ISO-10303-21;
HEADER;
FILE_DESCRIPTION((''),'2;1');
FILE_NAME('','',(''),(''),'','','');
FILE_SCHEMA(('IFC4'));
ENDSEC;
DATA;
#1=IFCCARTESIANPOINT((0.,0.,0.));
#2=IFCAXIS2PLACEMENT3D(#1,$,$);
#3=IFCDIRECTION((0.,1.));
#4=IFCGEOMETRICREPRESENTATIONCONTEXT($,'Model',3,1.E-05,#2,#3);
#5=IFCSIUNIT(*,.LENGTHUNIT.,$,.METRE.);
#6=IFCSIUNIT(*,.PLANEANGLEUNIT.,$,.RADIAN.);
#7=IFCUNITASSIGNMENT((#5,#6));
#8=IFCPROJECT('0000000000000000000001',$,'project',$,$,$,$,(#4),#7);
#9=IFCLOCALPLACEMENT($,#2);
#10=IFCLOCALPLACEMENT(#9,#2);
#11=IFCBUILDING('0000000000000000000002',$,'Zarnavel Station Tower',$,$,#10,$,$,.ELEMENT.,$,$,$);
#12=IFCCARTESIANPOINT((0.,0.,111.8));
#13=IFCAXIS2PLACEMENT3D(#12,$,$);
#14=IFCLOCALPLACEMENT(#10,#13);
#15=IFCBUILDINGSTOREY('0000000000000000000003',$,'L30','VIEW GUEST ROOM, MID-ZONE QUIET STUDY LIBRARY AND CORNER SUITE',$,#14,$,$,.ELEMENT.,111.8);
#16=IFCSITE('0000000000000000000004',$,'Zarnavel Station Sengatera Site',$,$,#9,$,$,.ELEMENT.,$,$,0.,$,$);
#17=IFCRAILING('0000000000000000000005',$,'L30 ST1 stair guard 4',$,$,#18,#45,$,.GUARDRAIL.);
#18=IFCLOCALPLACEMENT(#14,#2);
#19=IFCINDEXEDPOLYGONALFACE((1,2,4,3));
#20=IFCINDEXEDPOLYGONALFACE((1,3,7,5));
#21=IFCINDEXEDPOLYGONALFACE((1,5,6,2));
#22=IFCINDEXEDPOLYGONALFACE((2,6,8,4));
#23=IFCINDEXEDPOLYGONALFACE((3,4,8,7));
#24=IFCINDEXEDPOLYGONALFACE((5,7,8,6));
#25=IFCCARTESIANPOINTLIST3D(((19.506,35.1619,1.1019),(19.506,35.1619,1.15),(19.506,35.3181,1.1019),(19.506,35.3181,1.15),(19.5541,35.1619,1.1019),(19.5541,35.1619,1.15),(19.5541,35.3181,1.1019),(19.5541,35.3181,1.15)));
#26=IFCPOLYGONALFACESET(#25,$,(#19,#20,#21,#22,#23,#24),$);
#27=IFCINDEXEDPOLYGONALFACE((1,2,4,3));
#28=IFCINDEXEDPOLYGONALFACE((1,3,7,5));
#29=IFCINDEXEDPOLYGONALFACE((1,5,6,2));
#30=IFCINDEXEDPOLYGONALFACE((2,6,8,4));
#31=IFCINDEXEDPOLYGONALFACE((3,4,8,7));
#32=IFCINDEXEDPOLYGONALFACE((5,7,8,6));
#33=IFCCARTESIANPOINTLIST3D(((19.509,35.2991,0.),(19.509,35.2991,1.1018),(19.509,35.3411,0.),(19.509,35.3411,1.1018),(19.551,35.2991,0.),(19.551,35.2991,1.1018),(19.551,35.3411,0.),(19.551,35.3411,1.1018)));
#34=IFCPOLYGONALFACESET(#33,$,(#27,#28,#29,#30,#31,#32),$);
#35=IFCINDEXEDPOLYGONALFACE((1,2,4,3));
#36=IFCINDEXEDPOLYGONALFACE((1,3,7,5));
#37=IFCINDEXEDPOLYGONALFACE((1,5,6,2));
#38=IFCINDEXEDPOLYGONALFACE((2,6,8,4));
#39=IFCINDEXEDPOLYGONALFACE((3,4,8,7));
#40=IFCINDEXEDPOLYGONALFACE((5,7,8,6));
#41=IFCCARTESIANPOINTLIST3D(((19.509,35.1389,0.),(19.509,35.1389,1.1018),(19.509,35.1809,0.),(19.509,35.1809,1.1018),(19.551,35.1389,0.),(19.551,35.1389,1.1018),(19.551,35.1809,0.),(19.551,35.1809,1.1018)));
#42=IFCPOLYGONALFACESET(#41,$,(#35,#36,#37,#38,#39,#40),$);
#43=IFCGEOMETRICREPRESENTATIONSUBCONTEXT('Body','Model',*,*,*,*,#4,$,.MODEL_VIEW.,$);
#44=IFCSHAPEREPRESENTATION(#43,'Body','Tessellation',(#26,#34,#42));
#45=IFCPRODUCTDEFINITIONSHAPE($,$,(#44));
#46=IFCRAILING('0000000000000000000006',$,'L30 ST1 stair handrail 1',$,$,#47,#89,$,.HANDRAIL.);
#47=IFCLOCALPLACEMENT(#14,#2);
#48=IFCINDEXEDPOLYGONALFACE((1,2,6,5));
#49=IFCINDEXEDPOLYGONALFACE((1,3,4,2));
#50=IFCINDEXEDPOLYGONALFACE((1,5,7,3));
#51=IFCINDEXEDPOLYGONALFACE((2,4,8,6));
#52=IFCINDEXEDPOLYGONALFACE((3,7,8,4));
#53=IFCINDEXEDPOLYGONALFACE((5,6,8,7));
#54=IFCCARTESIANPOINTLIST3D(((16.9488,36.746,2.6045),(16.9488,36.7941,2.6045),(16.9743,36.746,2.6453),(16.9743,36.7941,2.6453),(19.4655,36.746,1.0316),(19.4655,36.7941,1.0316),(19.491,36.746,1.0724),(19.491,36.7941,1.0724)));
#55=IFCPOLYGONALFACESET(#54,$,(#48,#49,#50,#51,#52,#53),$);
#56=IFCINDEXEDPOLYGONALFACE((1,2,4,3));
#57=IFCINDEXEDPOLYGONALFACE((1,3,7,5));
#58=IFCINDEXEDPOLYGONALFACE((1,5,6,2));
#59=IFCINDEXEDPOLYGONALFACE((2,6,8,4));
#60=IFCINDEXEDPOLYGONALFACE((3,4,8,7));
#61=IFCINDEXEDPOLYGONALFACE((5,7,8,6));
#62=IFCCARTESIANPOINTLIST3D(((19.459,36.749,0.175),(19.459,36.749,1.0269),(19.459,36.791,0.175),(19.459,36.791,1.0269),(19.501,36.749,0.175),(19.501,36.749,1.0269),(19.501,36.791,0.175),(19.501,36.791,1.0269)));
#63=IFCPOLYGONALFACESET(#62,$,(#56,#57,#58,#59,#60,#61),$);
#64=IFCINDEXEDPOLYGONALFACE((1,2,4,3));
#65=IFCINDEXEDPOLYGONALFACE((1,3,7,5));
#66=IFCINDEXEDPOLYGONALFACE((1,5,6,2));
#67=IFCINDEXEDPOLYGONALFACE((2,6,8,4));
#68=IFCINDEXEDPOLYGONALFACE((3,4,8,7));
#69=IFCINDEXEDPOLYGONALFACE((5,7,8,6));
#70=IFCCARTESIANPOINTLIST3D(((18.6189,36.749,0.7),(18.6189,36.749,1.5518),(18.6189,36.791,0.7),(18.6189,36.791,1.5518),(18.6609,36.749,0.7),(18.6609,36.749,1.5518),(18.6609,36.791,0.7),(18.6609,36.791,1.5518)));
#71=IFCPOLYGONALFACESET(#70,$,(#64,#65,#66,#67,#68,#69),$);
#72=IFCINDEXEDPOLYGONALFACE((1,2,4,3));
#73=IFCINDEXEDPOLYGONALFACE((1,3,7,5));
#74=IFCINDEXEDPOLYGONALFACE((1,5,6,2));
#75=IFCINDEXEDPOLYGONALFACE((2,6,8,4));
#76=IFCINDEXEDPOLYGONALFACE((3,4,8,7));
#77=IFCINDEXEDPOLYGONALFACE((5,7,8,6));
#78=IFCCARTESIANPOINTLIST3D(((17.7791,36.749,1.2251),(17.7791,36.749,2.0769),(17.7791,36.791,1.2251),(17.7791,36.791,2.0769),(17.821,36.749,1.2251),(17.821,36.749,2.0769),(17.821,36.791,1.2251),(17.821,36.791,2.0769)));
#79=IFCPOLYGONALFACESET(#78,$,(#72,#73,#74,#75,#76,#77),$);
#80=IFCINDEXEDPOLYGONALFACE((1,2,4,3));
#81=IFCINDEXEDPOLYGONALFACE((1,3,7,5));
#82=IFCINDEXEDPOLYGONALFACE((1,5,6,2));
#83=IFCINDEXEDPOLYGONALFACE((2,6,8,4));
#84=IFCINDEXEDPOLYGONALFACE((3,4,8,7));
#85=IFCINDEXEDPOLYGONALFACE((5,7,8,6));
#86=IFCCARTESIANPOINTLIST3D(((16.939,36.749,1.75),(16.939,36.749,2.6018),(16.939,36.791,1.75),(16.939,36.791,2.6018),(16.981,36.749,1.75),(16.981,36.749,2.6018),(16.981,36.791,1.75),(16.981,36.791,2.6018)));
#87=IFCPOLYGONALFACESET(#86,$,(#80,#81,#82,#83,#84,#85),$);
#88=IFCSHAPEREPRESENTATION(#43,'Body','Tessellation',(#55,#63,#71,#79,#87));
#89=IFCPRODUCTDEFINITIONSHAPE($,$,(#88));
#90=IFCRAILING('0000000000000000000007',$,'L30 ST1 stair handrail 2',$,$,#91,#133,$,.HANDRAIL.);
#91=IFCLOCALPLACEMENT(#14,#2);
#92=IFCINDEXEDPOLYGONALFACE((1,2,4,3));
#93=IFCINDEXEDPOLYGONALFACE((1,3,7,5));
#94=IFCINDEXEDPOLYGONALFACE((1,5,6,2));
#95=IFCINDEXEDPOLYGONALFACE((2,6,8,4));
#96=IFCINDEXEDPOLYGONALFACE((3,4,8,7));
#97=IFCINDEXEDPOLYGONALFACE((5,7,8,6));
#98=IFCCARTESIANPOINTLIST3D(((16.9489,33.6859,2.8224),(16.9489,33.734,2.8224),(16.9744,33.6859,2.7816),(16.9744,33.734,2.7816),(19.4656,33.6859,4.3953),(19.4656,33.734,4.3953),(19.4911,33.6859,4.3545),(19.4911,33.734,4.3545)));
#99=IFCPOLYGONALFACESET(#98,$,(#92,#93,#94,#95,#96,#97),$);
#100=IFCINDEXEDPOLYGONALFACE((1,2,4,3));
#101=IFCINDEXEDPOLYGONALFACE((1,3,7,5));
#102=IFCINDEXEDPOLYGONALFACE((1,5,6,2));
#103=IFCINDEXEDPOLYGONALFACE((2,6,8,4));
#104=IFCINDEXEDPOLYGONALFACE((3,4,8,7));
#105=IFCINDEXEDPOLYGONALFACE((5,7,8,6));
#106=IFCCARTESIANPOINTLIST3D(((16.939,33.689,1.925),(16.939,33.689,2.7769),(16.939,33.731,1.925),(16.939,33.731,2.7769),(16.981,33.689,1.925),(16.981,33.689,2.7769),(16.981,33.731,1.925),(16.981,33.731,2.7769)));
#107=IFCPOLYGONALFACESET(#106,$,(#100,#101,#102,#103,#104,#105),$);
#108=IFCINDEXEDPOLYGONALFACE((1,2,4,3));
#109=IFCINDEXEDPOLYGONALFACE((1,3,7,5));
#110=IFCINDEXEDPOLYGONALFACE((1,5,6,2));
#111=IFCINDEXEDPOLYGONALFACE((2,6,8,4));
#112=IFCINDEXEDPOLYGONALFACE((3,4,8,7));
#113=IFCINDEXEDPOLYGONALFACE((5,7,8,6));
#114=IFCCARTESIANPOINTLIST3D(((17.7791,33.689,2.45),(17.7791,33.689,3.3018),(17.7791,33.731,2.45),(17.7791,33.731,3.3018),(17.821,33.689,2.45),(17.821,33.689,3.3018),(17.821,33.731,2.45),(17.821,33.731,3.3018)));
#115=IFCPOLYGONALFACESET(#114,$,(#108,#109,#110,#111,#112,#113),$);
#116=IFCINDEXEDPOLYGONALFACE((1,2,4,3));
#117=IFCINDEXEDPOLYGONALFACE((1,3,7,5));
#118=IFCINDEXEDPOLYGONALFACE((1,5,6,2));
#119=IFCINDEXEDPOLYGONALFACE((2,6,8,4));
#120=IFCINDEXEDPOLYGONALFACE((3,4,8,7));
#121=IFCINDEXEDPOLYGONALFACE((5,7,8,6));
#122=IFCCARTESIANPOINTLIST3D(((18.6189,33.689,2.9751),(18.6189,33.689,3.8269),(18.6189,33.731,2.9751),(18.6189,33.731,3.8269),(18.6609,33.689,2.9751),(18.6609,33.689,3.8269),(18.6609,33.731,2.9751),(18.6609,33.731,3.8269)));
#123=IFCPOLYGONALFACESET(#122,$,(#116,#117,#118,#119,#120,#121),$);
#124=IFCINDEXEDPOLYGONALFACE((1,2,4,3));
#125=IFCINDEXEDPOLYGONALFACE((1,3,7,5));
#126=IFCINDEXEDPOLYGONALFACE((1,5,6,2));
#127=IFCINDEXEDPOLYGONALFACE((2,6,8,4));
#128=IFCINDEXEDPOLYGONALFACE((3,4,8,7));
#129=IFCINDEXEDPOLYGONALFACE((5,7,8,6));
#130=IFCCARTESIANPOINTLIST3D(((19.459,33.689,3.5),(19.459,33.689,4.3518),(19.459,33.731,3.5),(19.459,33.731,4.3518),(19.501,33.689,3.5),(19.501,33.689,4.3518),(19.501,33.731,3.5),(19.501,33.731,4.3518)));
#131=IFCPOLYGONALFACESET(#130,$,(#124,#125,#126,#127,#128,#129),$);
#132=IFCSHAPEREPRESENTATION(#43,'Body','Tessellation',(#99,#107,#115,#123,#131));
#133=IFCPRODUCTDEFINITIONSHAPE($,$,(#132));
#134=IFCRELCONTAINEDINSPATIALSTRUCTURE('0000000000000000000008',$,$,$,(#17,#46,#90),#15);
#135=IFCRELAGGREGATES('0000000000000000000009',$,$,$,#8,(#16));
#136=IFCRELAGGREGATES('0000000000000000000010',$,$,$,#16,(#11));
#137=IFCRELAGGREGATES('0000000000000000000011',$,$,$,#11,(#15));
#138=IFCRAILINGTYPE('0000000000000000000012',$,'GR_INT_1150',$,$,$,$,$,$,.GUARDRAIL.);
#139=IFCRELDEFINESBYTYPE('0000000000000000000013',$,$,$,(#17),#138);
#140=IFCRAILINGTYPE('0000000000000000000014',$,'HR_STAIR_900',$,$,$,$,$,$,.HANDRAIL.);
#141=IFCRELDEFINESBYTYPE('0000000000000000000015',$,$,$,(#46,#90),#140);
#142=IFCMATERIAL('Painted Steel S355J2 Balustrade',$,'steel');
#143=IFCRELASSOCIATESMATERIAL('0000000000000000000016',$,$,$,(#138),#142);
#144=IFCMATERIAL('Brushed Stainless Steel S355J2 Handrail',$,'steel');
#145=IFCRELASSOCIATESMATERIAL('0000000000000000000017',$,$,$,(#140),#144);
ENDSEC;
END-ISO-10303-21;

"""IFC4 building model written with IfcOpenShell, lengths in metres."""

from ifc_helpers import new_model, si_unit, direction, frame, origin, origin_2d, place, context, subcontext, project, spatial, rectangle, extrude, material, type_object, element, save


model = new_model("IFC4")

# Units and contexts
model_context = context("Model", 3, precision=1e-05, world=origin(), true_north=direction((0.0, 1.0)))
body_context = subcontext(model_context, "Body", "Model", "MODEL_VIEW")
ifc_project = project(units=[si_unit("LENGTHUNIT", "METRE"), si_unit("PLANEANGLEUNIT", "RADIAN")], contexts=[model_context])

# Site, building, storey
site_placement = place(None, origin())
site = spatial("IfcSite", under=ifc_project, at=site_placement, Name="Zarnavel Station Sengatera Site", CompositionType="ELEMENT", RefElevation=0.0)
building_placement = place(site_placement, origin())
building = spatial("IfcBuilding", under=site, at=building_placement, Name="Zarnavel Station Tower", CompositionType="ELEMENT")
storey_placement = place(building_placement, frame((0.0, 0.0, 111.8)))
storey = spatial("IfcBuildingStorey", under=building, at=storey_placement, Name="L30", Description="VIEW GUEST ROOM, MID-ZONE QUIET STUDY LIBRARY AND CORNER SUITE", CompositionType="ELEMENT", Elevation=111.8)

# Railings
ifc_material_1 = material(Name="Painted Steel S355J2 Balustrade", Category="steel")
railing_type_1 = type_object("IfcRailingType", Name="GR_INT_1150", PredefinedType="GUARDRAIL", material=ifc_material_1)
railing_1_placement = place(storey_placement, frame((19.53, 35.3201, 0.0)))
element("IfcRailing", 1, at=railing_1_placement, inside=storey, type_object=railing_type_1, Name="L30 ST1 stair guard 4", PredefinedType="GUARDRAIL", context=body_context, shape_type="SweptSolid", body=[
    extrude(rectangle(XDim=0.0481, YDim=0.0481, at=origin_2d()), frame((0.0, -0.002, 1.126), z_axis=(0.0, -1.0, 0.0), x_axis=(1.0, 0.0, 0.0)), (0.0, 0.0, 1.0), 0.1562),
    extrude(rectangle(XDim=0.042, YDim=0.042, at=origin_2d()), origin(), (0.0, 0.0, 1.0), 1.1018),
    extrude(rectangle(XDim=0.042, YDim=0.042, at=origin_2d()), frame((0.0, -0.1602, 0.0)), (0.0, 0.0, 1.0), 1.1018),
])
ifc_material_2 = material(Name="Brushed Stainless Steel S355J2 Handrail", Category="steel")
railing_type_2 = type_object("IfcRailingType", Name="HR_STAIR_900", PredefinedType="HANDRAIL", material=ifc_material_2)
railing_2_placement = place(storey_placement, frame((19.48, 36.77, 0.175)))
element("IfcRailing", 2, at=railing_2_placement, inside=storey, type_object=railing_type_2, Name="L30 ST1 stair handrail 1", PredefinedType="HANDRAIL", context=body_context, shape_type="SweptSolid", body=[
    extrude(rectangle(XDim=0.0481, YDim=0.0481, at=origin_2d()), frame((-0.0017, 0.0, 0.877), z_axis=(-0.848008, 0.0, 0.529984), x_axis=(0.0, -1.0, 0.0)), (0.0, 0.0, 1.0), 2.9678),
    extrude(rectangle(XDim=0.042, YDim=0.042, at=origin_2d()), origin(), (0.0, 0.0, 1.0), 0.8518),
    extrude(rectangle(XDim=0.042, YDim=0.042, at=origin_2d()), frame((-0.8401, 0.0, 0.5249)), (0.0, 0.0, 1.0), 0.8518),
    extrude(rectangle(XDim=0.042, YDim=0.042, at=origin_2d()), frame((-1.6799, 0.0, 1.05)), (0.0, 0.0, 1.0), 0.8518),
    extrude(rectangle(XDim=0.042, YDim=0.042, at=origin_2d()), frame((-2.52, 0.0, 1.575)), (0.0, 0.0, 1.0), 0.8518),
])
railing_3_placement = place(storey_placement, frame((16.96, 33.71, 1.925)))
element("IfcRailing", 3, at=railing_3_placement, inside=storey, type_object=railing_type_2, Name="L30 ST1 stair handrail 2", PredefinedType="HANDRAIL", context=body_context, shape_type="SweptSolid", body=[
    extrude(rectangle(XDim=0.0481, YDim=0.0481, at=origin_2d()), frame((0.0017, 0.0, 0.877), z_axis=(0.848008, 0.0, 0.529984), x_axis=(0.0, 1.0, 0.0)), (0.0, 0.0, 1.0), 2.9678),
    extrude(rectangle(XDim=0.042, YDim=0.042, at=origin_2d()), origin(), (0.0, 0.0, 1.0), 0.8518),
    extrude(rectangle(XDim=0.042, YDim=0.042, at=origin_2d()), frame((0.8401, 0.0, 0.5249)), (0.0, 0.0, 1.0), 0.8518),
    extrude(rectangle(XDim=0.042, YDim=0.042, at=origin_2d()), frame((1.6799, 0.0, 1.05)), (0.0, 0.0, 1.0), 0.8518),
    extrude(rectangle(XDim=0.042, YDim=0.042, at=origin_2d()), frame((2.52, 0.0, 1.575)), (0.0, 0.0, 1.0), 0.8518),
])

save(model, "model.ifc")
